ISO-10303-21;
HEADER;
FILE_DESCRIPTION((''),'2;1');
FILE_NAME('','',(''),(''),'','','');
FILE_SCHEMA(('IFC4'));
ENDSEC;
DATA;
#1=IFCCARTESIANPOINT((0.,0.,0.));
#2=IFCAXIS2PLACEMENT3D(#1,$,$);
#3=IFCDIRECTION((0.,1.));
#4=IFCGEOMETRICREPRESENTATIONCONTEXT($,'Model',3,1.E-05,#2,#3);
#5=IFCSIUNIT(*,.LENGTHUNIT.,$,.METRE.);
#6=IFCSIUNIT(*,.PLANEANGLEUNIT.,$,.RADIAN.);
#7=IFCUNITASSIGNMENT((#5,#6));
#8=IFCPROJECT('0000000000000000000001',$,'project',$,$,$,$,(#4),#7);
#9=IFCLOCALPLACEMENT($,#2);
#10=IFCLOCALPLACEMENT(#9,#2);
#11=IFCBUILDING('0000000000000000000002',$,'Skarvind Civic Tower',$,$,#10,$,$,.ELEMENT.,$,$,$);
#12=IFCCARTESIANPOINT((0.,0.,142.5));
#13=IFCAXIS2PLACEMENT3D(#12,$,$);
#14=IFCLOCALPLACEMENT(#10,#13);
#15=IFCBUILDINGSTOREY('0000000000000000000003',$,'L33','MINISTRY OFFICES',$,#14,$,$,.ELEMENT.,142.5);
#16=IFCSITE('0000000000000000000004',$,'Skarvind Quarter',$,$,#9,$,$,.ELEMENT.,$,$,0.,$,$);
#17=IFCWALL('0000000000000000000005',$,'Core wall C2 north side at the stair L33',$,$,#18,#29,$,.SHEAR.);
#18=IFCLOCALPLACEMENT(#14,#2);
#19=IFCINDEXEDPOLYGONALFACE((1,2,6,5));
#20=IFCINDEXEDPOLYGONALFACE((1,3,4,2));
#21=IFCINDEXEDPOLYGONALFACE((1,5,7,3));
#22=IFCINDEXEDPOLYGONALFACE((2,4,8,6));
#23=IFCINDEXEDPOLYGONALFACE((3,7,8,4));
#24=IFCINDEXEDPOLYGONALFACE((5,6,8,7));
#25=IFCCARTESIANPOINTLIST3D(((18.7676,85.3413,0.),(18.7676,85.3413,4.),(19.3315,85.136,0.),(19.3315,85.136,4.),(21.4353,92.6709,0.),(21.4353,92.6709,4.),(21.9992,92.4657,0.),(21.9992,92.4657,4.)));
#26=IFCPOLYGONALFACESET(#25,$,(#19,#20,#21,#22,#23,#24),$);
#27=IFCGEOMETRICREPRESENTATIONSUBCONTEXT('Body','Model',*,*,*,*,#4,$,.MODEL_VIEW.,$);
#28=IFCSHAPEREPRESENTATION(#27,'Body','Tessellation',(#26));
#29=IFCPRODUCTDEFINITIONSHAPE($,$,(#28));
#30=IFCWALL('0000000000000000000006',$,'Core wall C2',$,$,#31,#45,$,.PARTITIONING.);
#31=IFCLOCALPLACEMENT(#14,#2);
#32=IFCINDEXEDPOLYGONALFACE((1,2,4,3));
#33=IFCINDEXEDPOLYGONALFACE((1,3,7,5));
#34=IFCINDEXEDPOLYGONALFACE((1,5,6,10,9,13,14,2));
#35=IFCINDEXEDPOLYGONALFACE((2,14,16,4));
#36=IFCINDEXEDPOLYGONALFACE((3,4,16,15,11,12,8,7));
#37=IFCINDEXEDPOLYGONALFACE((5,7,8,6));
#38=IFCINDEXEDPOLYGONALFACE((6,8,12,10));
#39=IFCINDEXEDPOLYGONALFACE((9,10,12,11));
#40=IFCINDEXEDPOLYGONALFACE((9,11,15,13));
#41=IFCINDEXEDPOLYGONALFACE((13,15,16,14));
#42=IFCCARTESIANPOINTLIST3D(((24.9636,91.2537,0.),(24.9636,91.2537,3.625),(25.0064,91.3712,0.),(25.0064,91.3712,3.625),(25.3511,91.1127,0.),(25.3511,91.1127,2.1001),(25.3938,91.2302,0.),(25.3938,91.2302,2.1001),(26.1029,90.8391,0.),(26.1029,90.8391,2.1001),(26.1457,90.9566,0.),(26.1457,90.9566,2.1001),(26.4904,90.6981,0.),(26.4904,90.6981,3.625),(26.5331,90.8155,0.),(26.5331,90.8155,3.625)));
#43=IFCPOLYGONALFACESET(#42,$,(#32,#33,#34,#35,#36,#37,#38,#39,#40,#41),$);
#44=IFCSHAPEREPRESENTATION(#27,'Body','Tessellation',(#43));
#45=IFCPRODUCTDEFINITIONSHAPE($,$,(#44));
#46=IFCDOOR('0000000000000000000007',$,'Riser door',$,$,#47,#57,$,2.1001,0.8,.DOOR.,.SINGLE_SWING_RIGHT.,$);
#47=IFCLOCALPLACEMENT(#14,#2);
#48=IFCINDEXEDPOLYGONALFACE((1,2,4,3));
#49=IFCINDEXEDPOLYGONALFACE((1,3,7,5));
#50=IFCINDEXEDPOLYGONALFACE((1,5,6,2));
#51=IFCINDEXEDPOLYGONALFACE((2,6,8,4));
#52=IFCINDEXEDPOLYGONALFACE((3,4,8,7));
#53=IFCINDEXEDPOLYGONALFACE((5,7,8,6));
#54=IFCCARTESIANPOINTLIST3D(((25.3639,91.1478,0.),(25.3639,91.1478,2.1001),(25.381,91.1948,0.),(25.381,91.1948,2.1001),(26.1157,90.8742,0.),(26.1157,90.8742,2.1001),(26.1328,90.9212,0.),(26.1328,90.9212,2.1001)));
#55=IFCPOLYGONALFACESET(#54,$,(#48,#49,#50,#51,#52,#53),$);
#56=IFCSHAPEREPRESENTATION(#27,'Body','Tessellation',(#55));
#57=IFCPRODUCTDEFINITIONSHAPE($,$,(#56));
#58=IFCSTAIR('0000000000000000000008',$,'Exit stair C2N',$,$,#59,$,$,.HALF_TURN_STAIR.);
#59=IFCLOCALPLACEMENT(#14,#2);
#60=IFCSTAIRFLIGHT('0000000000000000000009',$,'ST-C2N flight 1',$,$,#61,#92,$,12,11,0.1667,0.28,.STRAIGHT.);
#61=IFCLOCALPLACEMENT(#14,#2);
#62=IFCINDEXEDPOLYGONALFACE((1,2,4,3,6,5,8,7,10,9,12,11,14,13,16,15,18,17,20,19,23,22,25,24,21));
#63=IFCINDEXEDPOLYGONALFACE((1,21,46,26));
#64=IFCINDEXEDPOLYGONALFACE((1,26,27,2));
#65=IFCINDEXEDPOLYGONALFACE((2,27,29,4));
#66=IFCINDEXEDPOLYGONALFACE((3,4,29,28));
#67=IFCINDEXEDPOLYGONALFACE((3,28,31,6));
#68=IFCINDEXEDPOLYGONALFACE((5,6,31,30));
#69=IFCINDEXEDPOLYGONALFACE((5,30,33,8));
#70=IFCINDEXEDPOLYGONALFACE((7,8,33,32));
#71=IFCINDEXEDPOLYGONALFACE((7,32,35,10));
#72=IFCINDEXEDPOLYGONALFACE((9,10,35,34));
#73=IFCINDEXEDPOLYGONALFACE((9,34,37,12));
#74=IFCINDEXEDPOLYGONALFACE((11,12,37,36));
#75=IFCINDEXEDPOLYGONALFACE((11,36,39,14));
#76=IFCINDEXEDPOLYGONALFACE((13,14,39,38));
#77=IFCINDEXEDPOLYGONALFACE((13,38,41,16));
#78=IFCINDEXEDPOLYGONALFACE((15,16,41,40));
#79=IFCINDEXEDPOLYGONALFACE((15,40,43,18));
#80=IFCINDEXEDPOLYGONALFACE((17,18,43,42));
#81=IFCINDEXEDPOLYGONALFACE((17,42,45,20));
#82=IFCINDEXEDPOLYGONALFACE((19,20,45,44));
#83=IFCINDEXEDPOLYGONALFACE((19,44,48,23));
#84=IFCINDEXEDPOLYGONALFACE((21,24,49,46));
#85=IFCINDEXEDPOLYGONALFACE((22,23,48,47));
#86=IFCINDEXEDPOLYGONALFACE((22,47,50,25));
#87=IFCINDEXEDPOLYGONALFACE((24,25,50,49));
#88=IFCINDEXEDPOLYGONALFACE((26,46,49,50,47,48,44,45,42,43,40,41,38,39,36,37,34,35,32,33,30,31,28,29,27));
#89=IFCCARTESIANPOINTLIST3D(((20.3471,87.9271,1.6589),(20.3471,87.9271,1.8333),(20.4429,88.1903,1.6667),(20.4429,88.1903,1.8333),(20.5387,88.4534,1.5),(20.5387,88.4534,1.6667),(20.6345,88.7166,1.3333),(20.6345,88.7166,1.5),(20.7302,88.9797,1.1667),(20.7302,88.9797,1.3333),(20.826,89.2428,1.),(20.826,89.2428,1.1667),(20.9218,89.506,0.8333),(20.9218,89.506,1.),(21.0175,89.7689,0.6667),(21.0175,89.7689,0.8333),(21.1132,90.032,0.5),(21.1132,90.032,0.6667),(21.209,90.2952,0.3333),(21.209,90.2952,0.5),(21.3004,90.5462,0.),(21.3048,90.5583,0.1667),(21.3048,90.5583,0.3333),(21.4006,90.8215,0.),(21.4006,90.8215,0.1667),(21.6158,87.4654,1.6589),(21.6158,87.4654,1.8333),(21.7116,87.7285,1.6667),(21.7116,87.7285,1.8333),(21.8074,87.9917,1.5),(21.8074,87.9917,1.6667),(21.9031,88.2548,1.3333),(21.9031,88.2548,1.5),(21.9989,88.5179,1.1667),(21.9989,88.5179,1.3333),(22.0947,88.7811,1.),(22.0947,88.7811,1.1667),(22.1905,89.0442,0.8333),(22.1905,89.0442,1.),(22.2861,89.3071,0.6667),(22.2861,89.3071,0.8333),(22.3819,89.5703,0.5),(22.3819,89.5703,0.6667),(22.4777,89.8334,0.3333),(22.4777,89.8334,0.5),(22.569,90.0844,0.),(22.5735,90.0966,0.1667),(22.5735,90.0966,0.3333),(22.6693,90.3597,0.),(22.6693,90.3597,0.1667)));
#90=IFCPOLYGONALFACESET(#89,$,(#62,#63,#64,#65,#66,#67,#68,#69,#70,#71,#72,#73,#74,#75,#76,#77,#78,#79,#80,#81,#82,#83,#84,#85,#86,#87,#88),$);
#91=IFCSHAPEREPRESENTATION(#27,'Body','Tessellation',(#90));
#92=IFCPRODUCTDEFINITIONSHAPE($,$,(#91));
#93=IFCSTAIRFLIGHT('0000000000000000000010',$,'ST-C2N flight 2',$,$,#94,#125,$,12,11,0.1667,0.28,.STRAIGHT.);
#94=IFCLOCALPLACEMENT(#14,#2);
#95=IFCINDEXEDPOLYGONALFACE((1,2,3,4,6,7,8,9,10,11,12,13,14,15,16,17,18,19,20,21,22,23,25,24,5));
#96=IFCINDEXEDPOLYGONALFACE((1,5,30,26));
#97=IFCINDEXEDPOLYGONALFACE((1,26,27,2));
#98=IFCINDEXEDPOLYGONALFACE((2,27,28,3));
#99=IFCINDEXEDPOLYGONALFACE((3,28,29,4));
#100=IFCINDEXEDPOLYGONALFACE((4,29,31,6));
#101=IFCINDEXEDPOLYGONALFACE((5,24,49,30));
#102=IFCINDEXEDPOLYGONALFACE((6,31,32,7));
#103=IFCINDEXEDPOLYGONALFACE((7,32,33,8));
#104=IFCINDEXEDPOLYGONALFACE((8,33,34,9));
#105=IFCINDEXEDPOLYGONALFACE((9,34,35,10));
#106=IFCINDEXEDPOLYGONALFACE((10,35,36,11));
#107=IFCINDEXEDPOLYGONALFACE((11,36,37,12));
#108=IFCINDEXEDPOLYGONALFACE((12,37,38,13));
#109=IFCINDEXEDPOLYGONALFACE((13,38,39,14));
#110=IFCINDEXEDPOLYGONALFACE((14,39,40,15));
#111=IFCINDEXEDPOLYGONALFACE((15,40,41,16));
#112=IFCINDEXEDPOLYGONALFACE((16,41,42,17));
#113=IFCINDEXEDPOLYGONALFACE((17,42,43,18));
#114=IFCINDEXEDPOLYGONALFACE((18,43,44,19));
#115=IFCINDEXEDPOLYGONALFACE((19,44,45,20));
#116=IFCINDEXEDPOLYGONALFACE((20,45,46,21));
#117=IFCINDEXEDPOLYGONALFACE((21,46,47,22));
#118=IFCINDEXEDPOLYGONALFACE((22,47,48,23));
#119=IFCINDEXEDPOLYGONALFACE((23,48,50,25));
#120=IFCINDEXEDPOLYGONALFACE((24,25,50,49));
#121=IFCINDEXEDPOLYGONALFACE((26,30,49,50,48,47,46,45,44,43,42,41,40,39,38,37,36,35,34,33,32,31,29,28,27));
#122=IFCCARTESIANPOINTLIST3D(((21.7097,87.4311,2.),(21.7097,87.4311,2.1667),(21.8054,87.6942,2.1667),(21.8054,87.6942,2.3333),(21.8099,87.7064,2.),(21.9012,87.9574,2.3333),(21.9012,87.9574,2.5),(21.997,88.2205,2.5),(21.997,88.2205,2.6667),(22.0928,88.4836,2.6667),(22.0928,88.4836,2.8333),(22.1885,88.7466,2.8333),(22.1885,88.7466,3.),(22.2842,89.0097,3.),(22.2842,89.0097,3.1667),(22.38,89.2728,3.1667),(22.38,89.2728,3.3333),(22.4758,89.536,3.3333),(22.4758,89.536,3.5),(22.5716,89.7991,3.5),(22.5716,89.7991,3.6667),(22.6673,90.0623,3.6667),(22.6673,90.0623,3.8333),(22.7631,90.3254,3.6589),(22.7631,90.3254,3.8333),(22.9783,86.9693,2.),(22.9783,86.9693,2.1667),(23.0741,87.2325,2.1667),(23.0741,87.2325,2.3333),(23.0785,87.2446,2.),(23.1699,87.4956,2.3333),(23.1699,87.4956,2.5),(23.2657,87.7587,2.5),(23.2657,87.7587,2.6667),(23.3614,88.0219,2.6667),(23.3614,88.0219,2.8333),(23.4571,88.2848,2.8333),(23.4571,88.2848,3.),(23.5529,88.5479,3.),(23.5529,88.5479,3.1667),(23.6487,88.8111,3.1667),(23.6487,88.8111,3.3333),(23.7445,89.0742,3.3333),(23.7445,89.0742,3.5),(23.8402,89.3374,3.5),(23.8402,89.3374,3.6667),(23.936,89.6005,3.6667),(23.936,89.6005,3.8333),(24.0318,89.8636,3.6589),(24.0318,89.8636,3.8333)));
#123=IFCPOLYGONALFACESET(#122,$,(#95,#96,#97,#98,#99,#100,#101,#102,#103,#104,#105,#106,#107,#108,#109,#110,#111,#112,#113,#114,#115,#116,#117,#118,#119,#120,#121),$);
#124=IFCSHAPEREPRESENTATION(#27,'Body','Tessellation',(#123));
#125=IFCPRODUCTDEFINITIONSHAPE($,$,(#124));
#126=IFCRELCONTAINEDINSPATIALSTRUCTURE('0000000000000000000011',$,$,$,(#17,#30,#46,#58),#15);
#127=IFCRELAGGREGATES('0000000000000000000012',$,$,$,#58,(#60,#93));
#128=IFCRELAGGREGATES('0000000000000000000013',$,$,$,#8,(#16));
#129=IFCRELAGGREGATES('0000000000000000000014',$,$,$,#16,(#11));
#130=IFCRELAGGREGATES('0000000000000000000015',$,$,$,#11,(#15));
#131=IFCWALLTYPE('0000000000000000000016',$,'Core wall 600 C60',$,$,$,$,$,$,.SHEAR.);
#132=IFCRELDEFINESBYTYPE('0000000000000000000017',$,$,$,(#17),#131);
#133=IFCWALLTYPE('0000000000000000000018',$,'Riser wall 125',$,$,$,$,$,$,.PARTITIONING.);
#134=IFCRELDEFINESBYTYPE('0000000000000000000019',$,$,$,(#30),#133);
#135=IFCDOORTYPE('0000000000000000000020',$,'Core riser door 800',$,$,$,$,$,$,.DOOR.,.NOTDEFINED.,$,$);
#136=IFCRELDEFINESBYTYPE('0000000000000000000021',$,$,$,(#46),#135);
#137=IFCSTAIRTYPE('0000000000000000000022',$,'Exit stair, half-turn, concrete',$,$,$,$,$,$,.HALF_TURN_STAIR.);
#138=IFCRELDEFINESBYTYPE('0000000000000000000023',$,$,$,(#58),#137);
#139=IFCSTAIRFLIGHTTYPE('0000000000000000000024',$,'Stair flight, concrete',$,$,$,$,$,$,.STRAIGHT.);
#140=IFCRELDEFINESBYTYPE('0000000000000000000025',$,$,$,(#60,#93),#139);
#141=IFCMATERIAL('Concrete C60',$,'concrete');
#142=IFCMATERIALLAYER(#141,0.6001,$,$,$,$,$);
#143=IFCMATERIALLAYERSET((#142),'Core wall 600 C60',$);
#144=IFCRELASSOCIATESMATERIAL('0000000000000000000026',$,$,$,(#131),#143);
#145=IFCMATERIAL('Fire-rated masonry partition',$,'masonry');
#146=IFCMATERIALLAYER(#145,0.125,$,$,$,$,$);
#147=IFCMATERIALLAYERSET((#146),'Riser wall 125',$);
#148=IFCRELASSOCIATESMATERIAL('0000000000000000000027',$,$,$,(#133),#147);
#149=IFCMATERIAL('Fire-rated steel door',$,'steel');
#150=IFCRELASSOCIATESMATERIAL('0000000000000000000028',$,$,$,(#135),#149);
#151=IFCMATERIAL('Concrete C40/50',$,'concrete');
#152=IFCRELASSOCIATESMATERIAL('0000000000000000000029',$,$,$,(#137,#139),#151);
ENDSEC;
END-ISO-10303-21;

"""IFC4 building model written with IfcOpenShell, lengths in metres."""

from ifc_helpers import new_model, si_unit, direction, frame, frame_2d, origin, place, context, subcontext, project, spatial, polyline, rectangle, outline, extrude, material, layer, layer_set, type_object, element, fill, aggregate, save


model = new_model("IFC4")

# Units and contexts
model_context = context("Model", 3, precision=1e-05, world=origin(), true_north=direction((0.0, 1.0)))
body_context = subcontext(model_context, "Body", "Model", "MODEL_VIEW")
ifc_project = project(units=[si_unit("LENGTHUNIT", "METRE"), si_unit("PLANEANGLEUNIT", "RADIAN")], contexts=[model_context])

# Site, building, storey
site_placement = place(None, origin())
site = spatial("IfcSite", under=ifc_project, at=site_placement, Name="Skarvind Quarter", CompositionType="ELEMENT", RefElevation=0.0)
building_placement = place(site_placement, origin())
building = spatial("IfcBuilding", under=site, at=building_placement, Name="Skarvind Civic Tower", CompositionType="ELEMENT")
storey_placement = place(building_placement, frame((0.0, 0.0, 142.5)))
storey = spatial("IfcBuildingStorey", under=building, at=storey_placement, Name="L33", Description="MINISTRY OFFICES", CompositionType="ELEMENT", Elevation=142.5)

# Shared definitions
ifc_material_1 = material(Name="Fire-rated masonry partition", Category="masonry")
ifc_material_2 = material(Name="Fire-rated steel door", Category="steel")

# Shared definitions
ifc_material_3 = material(Name="Concrete C60", Category="concrete")

# Wall
ifc_layer_1 = layer(ifc_material_3, 0.6001)
ifc_layer_set_1 = layer_set([ifc_layer_1], Name="Core wall 600 C60")
wall_type_1 = type_object("IfcWallType", Name="Core wall 600 C60", PredefinedType="SHEAR", material=ifc_layer_set_1)
wall_1_placement = place(storey_placement, frame((19.0496, 85.2388, 0.0), z_axis=(0.0, 0.0, 1.0), x_axis=(0.342017, 0.939694, 0.0)))
element("IfcWall", 1, at=wall_1_placement, inside=storey, type_object=wall_type_1, Name="Core wall C2 north side at the stair L33", PredefinedType="SHEAR", context=body_context, shape_type="SweptSolid", body=[
    extrude(rectangle(XDim=7.8, YDim=0.6001, at=frame_2d((3.8999, 0.0))), origin(), (0.0, 0.0, 1.0), 4.0),
])

# Wall, opening, door
ifc_layer_2 = layer(ifc_material_1, 0.125)
ifc_layer_set_2 = layer_set([ifc_layer_2], Name="Riser wall 125")
wall_type_2 = type_object("IfcWallType", Name="Riser wall 125", PredefinedType="PARTITIONING", material=ifc_layer_set_2)
wall_2_placement = place(storey_placement, frame((24.9849, 91.3125, 0.0), z_axis=(0.0, 0.0, 1.0), x_axis=(0.939706, -0.341984, 0.0)))
wall_2 = element("IfcWall", 2, at=wall_2_placement, inside=storey, type_object=wall_type_2, Name="Core wall C2", PredefinedType="PARTITIONING", context=body_context, shape_type="SweptSolid", body=[
    extrude(rectangle(XDim=1.6248, YDim=0.125, at=frame_2d((0.8125, 0.0))), origin(), (0.0, 0.0, 1.0), 3.625),
])
opening_1_placement = place(wall_2_placement, frame((0.4126, 0.0, 0.0)))
opening_1 = element("IfcOpeningElement", 3, at=opening_1_placement, cuts=wall_2, PredefinedType="OPENING", context=body_context, shape_type="SweptSolid", body=[
    extrude(rectangle(XDim=0.8, YDim=2.1001, at=frame_2d((0.3999, 1.05))), frame((0.0, 0.0725, 0.0), z_axis=(0.0, -1.0, 0.0), x_axis=(1.0, 0.0, 0.0)), (0.0, 0.0, 1.0), 0.145),
])
door_type_1 = type_object("IfcDoorType", Name="Core riser door 800", OperationType="NOTDEFINED", PredefinedType="DOOR", material=ifc_material_2)
door_1_placement = place(opening_1_placement, origin())
door_1 = element("IfcDoor", 4, at=door_1_placement, inside=storey, type_object=door_type_1, Name="Riser door", OperationType="SINGLE_SWING_RIGHT", OverallHeight=2.1001, OverallWidth=0.8, PredefinedType="DOOR", context=body_context, shape_type="SweptSolid", body=[
    extrude(rectangle(XDim=0.8, YDim=2.1001, at=frame_2d((0.3999, 1.05))), frame((0.0, 0.0249, 0.0), z_axis=(0.0, -1.0, 0.0), x_axis=(1.0, 0.0, 0.0)), (0.0, 0.0, 1.0), 0.05),
])
fill(opening_1, door_1)

# Stair, stair flights
ifc_material_4 = material(Name="Concrete C40/50", Category="concrete")
stair_type = type_object("IfcStairType", Name="Exit stair, half-turn, concrete", PredefinedType="HALF_TURN_STAIR", material=ifc_material_4)
stair_placement = place(storey_placement, origin())
stair = element("IfcStair", 5, at=stair_placement, inside=storey, type_object=stair_type, Name="Exit stair C2N", PredefinedType="HALF_TURN_STAIR")
stair_flight_type = type_object("IfcStairFlightType", Name="Stair flight, concrete", PredefinedType="STRAIGHT", material=ifc_material_4)
stair_flight_1_placement = place(storey_placement, frame((22.0349, 90.5906, 0.0), z_axis=(0.0, 0.0, 1.0), x_axis=(-0.34202, -0.939693, 0.0)))
stair_flight_1 = element("IfcStairFlight", 6, at=stair_flight_1_placement, type_object=stair_flight_type, Name="ST-C2N flight 1", NumberOfRisers=12, NumberOfTreads=11, PredefinedType="STRAIGHT", RiserHeight=0.1667, TreadLength=0.28, context=body_context, shape_type="SweptSolid", body=[
    extrude(outline(polyline([(0.0, 0.0), (0.0, 0.1667), (0.28, 0.1667), (0.28, 0.3333), (0.5601, 0.3333), (0.5601, 0.5), (0.8401, 0.5), (0.8401, 0.6667), (1.1201, 0.6667), (1.1201, 0.8333), (1.3999, 0.8333), (1.3999, 1.0), (1.6799, 1.0), (1.6799, 1.1667), (1.96, 1.1667), (1.96, 1.3333), (2.24, 1.3333), (2.24, 1.5), (2.52, 1.5), (2.52, 1.6667), (2.8, 1.6667), (2.8, 1.8333), (3.0801, 1.8333), (3.0801, 2.0), (3.0801, 1.6589), (0.293, 0.0), (0.0, 0.0)])), frame((0.0, 0.675, 0.0), z_axis=(0.0, -1.0, 0.0), x_axis=(1.0, 0.0, 0.0)), (0.0, 0.0, 1.0), 1.3501),
])
stair_flight_2_placement = place(storey_placement, frame((22.344, 87.2002, 2.0), z_axis=(0.0, 0.0, 1.0), x_axis=(0.34202, 0.939693, 0.0)))
stair_flight_2 = element("IfcStairFlight", 7, at=stair_flight_2_placement, type_object=stair_flight_type, Name="ST-C2N flight 2", NumberOfRisers=12, NumberOfTreads=11, PredefinedType="STRAIGHT", RiserHeight=0.1667, TreadLength=0.28, context=body_context, shape_type="SweptSolid", body=[
    extrude(outline(polyline([(0.0, 0.0), (0.0, 0.1667), (0.28, 0.1667), (0.28, 0.3333), (0.5601, 0.3333), (0.5601, 0.5), (0.8401, 0.5), (0.8401, 0.6667), (1.1201, 0.6667), (1.1201, 0.8333), (1.3999, 0.8333), (1.3999, 1.0), (1.6799, 1.0), (1.6799, 1.1667), (1.96, 1.1667), (1.96, 1.3333), (2.24, 1.3333), (2.24, 1.5), (2.52, 1.5), (2.52, 1.6667), (2.8, 1.6667), (2.8, 1.8333), (3.0801, 1.8333), (3.0801, 2.0), (3.0801, 1.6589), (0.293, 0.0), (0.0, 0.0)])), frame((0.0, 0.675, 0.0), z_axis=(0.0, -1.0, 0.0), x_axis=(1.0, 0.0, 0.0)), (0.0, 0.0, 1.0), 1.3501),
])
aggregate(stair, [stair_flight_1, stair_flight_2])

save(model, "model.ifc")
